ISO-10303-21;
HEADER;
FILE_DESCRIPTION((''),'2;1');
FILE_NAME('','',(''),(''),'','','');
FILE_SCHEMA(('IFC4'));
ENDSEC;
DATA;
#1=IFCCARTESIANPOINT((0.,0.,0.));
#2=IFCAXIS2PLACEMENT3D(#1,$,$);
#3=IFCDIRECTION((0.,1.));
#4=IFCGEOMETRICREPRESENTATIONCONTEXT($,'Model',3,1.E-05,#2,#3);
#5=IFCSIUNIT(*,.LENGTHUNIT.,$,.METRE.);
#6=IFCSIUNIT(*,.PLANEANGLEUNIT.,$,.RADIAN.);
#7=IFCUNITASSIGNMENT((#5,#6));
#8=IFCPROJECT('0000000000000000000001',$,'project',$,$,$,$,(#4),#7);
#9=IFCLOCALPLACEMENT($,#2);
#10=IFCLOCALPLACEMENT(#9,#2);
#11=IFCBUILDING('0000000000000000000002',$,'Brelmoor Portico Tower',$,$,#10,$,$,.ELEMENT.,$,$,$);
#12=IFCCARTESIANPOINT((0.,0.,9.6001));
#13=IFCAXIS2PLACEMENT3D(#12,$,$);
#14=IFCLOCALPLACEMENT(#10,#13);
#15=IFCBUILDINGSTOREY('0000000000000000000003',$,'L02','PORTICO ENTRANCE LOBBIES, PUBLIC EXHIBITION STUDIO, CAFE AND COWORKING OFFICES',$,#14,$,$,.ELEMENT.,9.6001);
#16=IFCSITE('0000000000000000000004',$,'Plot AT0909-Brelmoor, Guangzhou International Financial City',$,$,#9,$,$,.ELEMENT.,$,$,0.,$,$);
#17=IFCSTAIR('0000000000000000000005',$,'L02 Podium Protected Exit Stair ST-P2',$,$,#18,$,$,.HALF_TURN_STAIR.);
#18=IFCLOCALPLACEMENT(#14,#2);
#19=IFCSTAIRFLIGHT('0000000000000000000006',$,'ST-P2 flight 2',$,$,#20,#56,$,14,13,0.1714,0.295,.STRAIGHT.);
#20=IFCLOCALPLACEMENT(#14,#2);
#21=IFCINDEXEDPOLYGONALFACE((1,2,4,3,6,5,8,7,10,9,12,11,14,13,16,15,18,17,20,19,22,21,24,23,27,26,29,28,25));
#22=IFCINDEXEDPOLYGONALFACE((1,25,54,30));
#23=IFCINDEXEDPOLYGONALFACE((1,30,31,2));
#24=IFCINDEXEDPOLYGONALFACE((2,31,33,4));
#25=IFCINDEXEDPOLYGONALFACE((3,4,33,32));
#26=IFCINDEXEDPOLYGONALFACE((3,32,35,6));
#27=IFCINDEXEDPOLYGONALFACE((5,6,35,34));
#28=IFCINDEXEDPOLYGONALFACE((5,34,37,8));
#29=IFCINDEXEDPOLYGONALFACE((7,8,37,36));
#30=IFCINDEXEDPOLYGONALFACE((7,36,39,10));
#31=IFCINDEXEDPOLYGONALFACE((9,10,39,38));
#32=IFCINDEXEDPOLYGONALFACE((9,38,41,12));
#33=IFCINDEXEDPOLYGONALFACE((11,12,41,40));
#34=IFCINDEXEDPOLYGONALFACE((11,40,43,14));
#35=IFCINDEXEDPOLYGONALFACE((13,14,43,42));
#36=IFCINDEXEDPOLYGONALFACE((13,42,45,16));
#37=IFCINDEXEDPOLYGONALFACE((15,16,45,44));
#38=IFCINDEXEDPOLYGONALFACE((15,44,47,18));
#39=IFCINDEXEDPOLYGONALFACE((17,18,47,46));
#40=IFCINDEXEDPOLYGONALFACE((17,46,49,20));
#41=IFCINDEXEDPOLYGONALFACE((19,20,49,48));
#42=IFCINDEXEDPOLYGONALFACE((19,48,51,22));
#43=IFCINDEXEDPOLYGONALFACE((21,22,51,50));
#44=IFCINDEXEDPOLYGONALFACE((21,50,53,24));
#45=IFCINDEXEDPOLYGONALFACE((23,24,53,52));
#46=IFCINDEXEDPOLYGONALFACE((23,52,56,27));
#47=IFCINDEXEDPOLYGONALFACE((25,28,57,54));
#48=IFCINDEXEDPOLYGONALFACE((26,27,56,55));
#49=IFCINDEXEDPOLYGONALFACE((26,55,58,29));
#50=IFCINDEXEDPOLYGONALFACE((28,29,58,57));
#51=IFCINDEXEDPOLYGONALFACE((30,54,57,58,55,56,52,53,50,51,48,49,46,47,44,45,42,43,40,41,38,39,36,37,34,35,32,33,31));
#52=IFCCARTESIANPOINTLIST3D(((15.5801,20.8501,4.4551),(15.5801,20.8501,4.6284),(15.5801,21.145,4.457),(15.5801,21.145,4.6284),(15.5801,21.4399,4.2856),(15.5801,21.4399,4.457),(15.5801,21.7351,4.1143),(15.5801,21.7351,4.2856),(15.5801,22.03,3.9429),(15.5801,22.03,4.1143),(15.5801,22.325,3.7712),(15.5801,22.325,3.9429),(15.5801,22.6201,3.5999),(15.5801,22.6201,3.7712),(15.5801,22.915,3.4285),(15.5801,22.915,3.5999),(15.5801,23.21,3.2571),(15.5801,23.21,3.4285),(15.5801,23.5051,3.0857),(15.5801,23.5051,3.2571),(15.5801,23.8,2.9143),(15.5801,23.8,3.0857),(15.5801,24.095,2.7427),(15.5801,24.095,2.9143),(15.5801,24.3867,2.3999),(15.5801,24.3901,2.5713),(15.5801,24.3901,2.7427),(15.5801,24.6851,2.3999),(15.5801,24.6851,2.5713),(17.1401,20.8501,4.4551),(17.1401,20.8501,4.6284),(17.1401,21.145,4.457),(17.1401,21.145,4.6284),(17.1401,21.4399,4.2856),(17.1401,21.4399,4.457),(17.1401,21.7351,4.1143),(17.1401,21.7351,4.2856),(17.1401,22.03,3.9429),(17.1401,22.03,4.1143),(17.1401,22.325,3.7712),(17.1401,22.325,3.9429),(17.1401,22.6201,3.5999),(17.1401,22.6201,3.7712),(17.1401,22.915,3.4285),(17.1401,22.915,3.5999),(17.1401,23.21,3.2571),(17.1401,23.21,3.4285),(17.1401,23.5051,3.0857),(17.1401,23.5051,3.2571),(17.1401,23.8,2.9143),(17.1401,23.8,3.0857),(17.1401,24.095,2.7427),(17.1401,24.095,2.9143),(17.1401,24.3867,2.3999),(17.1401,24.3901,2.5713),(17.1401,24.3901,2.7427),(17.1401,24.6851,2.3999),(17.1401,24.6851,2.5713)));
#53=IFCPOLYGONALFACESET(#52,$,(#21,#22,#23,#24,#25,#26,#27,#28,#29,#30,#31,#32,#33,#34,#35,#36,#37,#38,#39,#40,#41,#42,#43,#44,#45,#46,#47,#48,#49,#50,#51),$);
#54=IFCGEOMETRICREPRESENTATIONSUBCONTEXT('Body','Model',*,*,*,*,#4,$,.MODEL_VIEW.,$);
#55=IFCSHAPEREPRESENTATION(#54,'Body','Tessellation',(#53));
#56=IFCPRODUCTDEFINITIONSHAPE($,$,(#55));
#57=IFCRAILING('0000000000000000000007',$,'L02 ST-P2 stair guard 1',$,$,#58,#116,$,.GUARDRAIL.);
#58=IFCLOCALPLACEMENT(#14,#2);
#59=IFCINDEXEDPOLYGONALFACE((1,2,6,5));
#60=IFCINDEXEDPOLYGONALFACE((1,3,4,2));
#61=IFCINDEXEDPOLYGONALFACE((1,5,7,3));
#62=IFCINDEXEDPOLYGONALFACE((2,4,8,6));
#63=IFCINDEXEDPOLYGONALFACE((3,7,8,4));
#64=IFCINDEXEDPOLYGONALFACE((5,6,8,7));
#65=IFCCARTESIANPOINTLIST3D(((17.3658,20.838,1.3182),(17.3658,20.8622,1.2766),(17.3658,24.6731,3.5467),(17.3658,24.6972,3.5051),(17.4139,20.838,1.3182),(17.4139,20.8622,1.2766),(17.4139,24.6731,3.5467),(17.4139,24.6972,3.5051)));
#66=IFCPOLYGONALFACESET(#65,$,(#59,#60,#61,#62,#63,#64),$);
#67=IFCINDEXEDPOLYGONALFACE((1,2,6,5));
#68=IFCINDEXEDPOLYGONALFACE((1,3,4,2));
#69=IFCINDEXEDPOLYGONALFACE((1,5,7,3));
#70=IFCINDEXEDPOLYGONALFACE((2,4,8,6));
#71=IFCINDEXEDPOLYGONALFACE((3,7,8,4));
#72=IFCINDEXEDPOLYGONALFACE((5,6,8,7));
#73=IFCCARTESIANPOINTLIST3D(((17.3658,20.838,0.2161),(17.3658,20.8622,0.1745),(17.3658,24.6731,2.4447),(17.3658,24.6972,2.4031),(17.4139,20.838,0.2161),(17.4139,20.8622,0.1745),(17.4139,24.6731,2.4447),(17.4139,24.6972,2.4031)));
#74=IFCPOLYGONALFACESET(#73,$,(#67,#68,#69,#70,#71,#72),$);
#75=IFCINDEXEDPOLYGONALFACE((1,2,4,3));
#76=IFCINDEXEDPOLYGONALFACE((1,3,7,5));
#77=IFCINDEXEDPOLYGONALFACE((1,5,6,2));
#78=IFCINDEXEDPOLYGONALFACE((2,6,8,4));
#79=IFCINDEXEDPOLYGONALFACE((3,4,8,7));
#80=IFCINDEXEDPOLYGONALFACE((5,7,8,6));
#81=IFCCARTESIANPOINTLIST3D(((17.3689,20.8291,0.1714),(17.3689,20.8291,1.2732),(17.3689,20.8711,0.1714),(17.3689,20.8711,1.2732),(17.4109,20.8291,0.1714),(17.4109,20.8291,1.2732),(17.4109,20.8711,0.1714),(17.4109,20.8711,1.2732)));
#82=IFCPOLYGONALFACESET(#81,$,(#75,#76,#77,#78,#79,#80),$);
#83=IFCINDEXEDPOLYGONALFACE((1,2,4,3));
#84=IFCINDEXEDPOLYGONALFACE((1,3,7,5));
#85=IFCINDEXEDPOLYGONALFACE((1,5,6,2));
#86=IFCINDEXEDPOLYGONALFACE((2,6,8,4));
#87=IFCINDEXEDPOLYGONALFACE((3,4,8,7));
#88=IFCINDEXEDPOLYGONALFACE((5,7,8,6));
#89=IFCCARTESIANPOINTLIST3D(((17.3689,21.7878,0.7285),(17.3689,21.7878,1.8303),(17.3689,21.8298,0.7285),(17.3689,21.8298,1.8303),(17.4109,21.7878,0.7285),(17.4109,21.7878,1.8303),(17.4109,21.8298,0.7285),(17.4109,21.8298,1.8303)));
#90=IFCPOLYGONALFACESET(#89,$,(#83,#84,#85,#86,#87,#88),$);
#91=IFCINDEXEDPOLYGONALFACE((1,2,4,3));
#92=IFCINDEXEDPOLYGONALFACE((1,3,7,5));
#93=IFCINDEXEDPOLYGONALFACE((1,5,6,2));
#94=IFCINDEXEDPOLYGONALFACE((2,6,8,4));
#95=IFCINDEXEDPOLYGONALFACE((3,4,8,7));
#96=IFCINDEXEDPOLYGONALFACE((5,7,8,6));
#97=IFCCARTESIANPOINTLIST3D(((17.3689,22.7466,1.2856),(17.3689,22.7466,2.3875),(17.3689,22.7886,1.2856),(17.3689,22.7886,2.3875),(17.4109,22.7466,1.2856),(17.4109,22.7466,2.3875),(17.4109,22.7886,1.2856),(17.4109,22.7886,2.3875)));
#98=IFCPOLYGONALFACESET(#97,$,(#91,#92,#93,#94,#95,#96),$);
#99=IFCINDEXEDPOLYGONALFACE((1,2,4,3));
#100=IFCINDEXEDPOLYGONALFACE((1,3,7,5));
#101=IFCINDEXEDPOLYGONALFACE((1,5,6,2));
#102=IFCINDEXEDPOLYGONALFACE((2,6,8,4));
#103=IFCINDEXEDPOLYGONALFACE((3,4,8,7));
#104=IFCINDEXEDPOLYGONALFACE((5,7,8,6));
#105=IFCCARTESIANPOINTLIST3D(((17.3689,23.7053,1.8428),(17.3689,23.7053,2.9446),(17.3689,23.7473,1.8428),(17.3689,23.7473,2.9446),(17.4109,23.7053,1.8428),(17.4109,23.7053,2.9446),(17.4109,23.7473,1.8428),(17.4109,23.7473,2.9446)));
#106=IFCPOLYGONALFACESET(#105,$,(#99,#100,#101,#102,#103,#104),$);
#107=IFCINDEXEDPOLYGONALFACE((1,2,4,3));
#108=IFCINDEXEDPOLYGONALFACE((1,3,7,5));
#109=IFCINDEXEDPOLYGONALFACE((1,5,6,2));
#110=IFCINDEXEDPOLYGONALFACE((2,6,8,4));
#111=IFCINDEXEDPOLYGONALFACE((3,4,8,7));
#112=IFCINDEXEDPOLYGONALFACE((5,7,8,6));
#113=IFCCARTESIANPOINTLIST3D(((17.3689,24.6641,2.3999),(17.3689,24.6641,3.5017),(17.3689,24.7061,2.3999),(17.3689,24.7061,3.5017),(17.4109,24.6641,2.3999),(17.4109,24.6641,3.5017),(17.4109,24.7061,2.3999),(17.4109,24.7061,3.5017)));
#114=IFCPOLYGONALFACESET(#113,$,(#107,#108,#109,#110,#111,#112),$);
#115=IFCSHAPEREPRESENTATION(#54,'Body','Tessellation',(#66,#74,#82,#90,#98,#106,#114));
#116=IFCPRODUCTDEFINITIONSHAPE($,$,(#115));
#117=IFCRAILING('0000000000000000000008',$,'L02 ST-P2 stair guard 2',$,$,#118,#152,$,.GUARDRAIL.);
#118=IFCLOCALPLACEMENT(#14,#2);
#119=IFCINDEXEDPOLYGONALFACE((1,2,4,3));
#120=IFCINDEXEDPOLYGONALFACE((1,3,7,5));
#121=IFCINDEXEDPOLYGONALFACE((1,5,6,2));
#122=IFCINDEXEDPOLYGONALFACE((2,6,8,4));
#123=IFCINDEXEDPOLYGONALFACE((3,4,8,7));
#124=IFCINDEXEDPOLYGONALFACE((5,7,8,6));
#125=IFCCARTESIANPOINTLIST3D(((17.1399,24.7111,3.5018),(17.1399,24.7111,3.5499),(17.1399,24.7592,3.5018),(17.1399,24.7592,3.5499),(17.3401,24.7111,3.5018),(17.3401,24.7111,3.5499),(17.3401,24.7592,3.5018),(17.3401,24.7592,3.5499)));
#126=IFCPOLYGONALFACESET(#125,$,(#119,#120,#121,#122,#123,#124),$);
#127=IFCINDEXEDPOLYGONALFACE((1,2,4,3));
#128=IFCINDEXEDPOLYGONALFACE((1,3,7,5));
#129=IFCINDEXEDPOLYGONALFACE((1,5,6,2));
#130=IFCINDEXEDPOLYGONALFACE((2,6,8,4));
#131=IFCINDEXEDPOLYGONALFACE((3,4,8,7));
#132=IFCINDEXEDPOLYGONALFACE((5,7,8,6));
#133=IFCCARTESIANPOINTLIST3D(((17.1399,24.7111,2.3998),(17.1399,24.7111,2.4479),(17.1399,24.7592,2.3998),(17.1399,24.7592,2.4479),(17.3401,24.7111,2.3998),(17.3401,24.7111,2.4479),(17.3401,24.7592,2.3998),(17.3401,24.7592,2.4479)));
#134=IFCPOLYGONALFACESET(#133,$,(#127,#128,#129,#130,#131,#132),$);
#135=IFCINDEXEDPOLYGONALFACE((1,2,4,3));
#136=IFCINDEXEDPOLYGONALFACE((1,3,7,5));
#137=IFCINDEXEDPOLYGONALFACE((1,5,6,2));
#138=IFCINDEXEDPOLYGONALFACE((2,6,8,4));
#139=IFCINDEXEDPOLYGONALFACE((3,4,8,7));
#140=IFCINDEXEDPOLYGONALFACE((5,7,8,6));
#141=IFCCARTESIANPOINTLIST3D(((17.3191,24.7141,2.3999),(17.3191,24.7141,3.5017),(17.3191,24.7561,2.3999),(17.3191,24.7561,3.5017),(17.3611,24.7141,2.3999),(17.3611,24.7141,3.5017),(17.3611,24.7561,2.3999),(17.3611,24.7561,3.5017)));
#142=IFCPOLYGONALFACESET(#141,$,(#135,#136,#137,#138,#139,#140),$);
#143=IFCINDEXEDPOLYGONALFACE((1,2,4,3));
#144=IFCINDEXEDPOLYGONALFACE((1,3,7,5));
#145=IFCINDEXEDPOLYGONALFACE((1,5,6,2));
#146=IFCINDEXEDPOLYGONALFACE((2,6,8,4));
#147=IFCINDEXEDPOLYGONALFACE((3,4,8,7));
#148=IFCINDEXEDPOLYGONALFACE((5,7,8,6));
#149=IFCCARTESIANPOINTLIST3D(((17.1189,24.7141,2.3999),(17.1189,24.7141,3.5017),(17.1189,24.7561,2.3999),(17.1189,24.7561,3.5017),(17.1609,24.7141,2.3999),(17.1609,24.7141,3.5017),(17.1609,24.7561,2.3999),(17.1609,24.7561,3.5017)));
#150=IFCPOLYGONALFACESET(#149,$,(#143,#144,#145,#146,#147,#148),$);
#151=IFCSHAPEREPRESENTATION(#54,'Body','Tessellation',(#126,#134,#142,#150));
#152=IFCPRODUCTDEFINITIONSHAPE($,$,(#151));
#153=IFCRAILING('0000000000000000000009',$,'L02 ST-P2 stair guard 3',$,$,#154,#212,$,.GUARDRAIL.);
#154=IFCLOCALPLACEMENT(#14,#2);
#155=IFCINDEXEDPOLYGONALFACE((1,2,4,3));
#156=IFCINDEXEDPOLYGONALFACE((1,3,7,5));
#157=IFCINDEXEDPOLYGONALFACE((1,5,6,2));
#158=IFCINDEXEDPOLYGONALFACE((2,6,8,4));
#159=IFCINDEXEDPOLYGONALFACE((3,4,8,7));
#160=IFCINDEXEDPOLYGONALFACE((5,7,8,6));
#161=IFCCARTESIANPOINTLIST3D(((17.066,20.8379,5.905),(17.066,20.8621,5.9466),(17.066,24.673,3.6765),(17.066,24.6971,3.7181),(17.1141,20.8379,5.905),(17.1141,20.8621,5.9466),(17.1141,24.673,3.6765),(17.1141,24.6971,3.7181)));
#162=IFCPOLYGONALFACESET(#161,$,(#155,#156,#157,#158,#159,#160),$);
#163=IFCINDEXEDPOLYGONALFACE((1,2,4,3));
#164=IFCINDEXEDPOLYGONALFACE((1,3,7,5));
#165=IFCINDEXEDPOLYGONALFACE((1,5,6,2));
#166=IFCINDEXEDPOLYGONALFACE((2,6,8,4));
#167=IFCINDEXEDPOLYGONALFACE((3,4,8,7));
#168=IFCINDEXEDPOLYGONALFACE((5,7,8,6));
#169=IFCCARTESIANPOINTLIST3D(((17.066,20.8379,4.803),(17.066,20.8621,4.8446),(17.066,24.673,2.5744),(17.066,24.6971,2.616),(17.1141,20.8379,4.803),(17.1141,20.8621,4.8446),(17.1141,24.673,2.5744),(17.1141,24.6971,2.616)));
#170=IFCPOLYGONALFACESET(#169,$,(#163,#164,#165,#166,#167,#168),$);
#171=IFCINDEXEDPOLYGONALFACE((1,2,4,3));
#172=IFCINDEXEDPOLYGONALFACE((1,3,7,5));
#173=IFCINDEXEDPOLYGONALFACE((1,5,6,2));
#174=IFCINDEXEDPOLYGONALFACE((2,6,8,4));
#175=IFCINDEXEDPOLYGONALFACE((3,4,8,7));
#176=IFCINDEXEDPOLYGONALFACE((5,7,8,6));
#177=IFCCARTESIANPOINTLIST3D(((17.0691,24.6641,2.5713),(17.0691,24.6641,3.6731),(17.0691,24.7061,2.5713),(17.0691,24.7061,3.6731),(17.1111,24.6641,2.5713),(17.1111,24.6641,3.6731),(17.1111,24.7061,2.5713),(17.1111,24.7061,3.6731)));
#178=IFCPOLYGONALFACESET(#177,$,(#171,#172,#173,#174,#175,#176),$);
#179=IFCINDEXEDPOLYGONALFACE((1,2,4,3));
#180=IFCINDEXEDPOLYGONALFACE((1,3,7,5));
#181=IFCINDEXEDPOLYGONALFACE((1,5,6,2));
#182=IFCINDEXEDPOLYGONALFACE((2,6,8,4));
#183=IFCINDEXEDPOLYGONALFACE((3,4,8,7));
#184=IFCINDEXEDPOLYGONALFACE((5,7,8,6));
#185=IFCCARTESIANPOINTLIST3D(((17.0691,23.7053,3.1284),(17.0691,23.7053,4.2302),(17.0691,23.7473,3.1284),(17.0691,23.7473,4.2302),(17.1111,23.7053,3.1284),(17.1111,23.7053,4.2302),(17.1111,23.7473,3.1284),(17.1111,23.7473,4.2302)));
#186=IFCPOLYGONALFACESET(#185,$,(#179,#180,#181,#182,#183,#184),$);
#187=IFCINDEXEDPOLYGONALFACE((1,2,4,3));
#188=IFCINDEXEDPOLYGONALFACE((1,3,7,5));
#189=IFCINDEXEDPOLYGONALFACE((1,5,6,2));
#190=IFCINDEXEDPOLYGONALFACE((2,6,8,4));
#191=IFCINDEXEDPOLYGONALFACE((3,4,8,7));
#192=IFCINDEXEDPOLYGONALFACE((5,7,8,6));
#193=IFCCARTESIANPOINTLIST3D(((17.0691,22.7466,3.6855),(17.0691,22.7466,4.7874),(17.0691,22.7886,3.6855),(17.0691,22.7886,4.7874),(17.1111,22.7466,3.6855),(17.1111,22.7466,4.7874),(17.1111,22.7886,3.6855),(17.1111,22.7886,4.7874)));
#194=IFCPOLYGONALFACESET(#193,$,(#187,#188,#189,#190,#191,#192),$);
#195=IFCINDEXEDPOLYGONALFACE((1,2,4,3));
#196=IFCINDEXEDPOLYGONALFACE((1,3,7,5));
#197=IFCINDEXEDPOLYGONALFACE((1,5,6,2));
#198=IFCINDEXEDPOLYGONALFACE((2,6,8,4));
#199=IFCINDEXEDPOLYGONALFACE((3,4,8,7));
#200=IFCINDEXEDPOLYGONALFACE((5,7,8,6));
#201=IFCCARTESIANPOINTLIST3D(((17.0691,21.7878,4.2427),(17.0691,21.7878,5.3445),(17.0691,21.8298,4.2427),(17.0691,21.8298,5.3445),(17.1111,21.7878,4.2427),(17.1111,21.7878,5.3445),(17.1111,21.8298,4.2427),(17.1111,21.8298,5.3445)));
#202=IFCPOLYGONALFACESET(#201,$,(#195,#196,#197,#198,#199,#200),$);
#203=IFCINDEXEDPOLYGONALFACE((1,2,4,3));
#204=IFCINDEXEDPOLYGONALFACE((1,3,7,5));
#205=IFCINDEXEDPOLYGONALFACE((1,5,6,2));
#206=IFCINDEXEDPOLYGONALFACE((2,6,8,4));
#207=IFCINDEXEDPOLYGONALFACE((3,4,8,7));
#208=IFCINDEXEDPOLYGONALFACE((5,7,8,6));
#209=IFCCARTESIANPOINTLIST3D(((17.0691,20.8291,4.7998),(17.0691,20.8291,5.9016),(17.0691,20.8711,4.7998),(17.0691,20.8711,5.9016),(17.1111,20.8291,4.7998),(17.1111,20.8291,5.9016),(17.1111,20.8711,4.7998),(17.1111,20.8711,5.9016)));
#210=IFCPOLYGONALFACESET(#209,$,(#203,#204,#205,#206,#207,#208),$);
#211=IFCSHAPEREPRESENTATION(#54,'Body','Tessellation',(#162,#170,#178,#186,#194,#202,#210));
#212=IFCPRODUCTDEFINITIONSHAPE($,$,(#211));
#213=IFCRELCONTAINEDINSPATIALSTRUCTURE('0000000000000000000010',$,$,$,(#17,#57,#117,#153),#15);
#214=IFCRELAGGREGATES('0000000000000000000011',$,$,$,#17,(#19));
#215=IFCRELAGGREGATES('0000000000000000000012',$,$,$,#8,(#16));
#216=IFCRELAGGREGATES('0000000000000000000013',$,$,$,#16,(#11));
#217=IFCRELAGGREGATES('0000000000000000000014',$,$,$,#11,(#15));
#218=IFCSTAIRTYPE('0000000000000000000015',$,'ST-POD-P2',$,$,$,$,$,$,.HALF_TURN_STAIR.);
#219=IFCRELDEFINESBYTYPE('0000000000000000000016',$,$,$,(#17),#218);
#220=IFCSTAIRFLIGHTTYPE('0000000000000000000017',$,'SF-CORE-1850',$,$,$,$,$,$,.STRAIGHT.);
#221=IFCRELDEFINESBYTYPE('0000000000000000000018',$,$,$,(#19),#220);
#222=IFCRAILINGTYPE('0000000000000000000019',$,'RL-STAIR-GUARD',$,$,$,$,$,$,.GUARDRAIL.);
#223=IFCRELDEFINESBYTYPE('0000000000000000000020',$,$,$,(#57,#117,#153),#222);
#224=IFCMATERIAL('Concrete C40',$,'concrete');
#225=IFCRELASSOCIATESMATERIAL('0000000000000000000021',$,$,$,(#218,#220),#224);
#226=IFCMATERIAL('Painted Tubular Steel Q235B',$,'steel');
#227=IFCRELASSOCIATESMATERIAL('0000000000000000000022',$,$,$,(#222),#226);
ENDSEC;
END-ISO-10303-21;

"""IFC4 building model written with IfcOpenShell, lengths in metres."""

from ifc_helpers import new_model, si_unit, direction, frame, origin, origin_2d, place, context, subcontext, project, spatial, polyline, rectangle, outline, extrude, material, type_object, element, aggregate, save


model = new_model("IFC4")

# Units and contexts
model_context = context("Model", 3, precision=1e-05, world=origin(), true_north=direction((0.0, 1.0)))
body_context = subcontext(model_context, "Body", "Model", "MODEL_VIEW")
ifc_project = project(units=[si_unit("LENGTHUNIT", "METRE"), si_unit("PLANEANGLEUNIT", "RADIAN")], contexts=[model_context])

# Site, building, storey
site_placement = place(None, origin())
site = spatial("IfcSite", under=ifc_project, at=site_placement, Name="Plot AT0909-Brelmoor, Guangzhou International Financial City", CompositionType="ELEMENT", RefElevation=0.0)
building_placement = place(site_placement, origin())
building = spatial("IfcBuilding", under=site, at=building_placement, Name="Brelmoor Portico Tower", CompositionType="ELEMENT")
storey_placement = place(building_placement, frame((0.0, 0.0, 9.6001)))
storey = spatial("IfcBuildingStorey", under=building, at=storey_placement, Name="L02", Description="PORTICO ENTRANCE LOBBIES, PUBLIC EXHIBITION STUDIO, CAFE AND COWORKING OFFICES", CompositionType="ELEMENT", Elevation=9.6001)

# Shared definitions
ifc_material_1 = material(Name="Concrete C40", Category="concrete")

# Stair, stair flight
stair_type = type_object("IfcStairType", Name="ST-POD-P2", PredefinedType="HALF_TURN_STAIR", material=ifc_material_1)
stair_placement = place(storey_placement, origin())
stair = element("IfcStair", 1, at=stair_placement, inside=storey, type_object=stair_type, Name="L02 Podium Protected Exit Stair ST-P2", PredefinedType="HALF_TURN_STAIR")
stair_flight_type = type_object("IfcStairFlightType", Name="SF-CORE-1850", PredefinedType="STRAIGHT", material=ifc_material_1)
stair_flight_1_placement = place(storey_placement, frame((16.3601, 24.6851, 2.3999), z_axis=(0.0, 0.0, 1.0), x_axis=(0.0, -1.0, 0.0)))
stair_flight_1 = element("IfcStairFlight", 2, at=stair_flight_1_placement, type_object=stair_flight_type, Name="ST-P2 flight 2", NumberOfRisers=14, NumberOfTreads=13, PredefinedType="STRAIGHT", RiserHeight=0.1714, TreadLength=0.295, context=body_context, shape_type="SweptSolid", body=[
    extrude(outline(polyline([(0.0, 0.0), (0.0, 0.1714), (0.2949, 0.1714), (0.2949, 0.3428), (0.5901, 0.3428), (0.5901, 0.5144), (0.885, 0.5144), (0.885, 0.6858), (1.1799, 0.6858), (1.1799, 0.8572), (1.4751, 0.8572), (1.4751, 1.0286), (1.77, 1.0286), (1.77, 1.2), (2.0649, 1.2), (2.0649, 1.3713), (2.3601, 1.3713), (2.3601, 1.543), (2.655, 1.543), (2.655, 1.7144), (2.95, 1.7144), (2.95, 1.8857), (3.2451, 1.8857), (3.2451, 2.0571), (3.54, 2.0571), (3.54, 2.2285), (3.835, 2.2285), (3.835, 2.3999), (3.835, 2.0552), (0.2983, 0.0), (0.0, 0.0)])), frame((0.0, 0.78, 0.0), z_axis=(0.0, -1.0, 0.0), x_axis=(1.0, 0.0, 0.0)), (0.0, 0.0, 1.0), 1.5601),
])
aggregate(stair, [stair_flight_1])

# Railings
ifc_material_2 = material(Name="Painted Tubular Steel Q235B", Category="steel")
railing_type_1 = type_object("IfcRailingType", Name="RL-STAIR-GUARD", PredefinedType="GUARDRAIL", material=ifc_material_2)
railing_1_placement = place(storey_placement, frame((17.3899, 20.8501, 0.1714)))
element("IfcRailing", 3, at=railing_1_placement, inside=storey, type_object=railing_type_1, Name="L02 ST-P2 stair guard 1", PredefinedType="GUARDRAIL", context=body_context, shape_type="SweptSolid", body=[
    extrude(rectangle(XDim=0.0481, YDim=0.0481, at=origin_2d()), frame((0.0, 0.0, 1.126), z_axis=(0.0, 0.864616, 0.502433), x_axis=(-1.0, 0.0, 0.0)), (0.0, 0.0, 1.0), 4.4355),
    extrude(rectangle(XDim=0.0481, YDim=0.0481, at=origin_2d()), frame((0.0, 0.0, 0.0239), z_axis=(0.0, 0.864616, 0.502433), x_axis=(-1.0, 0.0, 0.0)), (0.0, 0.0, 1.0), 4.4355),
    extrude(rectangle(XDim=0.042, YDim=0.042, at=origin_2d()), origin(), (0.0, 0.0, 1.0), 1.1018),
    extrude(rectangle(XDim=0.042, YDim=0.042, at=origin_2d()), frame((0.0, 0.9587, 0.5571)), (0.0, 0.0, 1.0), 1.1018),
    extrude(rectangle(XDim=0.042, YDim=0.042, at=origin_2d()), frame((0.0, 1.9175, 1.1143)), (0.0, 0.0, 1.0), 1.1018),
    extrude(rectangle(XDim=0.042, YDim=0.042, at=origin_2d()), frame((0.0, 2.8762, 1.6714)), (0.0, 0.0, 1.0), 1.1018),
    extrude(rectangle(XDim=0.042, YDim=0.042, at=origin_2d()), frame((0.0, 3.835, 2.2285)), (0.0, 0.0, 1.0), 1.1018),
])
railing_2_placement = place(storey_placement, frame((17.3401, 24.7351, 2.3999)))
element("IfcRailing", 4, at=railing_2_placement, inside=storey, type_object=railing_type_1, Name="L02 ST-P2 stair guard 2", PredefinedType="GUARDRAIL", context=body_context, shape_type="SweptSolid", body=[
    extrude(rectangle(XDim=0.0481, YDim=0.0481, at=origin_2d()), frame((0.0, 0.0, 1.126), z_axis=(-1.0, 0.0, 0.0), x_axis=(0.0, -1.0, 0.0)), (0.0, 0.0, 1.0), 0.2002),
    extrude(rectangle(XDim=0.0481, YDim=0.0481, at=origin_2d()), frame((0.0, 0.0, 0.0239), z_axis=(-1.0, 0.0, 0.0), x_axis=(0.0, -1.0, 0.0)), (0.0, 0.0, 1.0), 0.2002),
    extrude(rectangle(XDim=0.042, YDim=0.042, at=origin_2d()), origin(), (0.0, 0.0, 1.0), 1.1018),
    extrude(rectangle(XDim=0.042, YDim=0.042, at=origin_2d()), frame((-0.2002, 0.0, 0.0)), (0.0, 0.0, 1.0), 1.1018),
])
railing_3_placement = place(storey_placement, frame((17.0901, 24.6851, 2.5713)))
element("IfcRailing", 5, at=railing_3_placement, inside=storey, type_object=railing_type_1, Name="L02 ST-P2 stair guard 3", PredefinedType="GUARDRAIL", context=body_context, shape_type="SweptSolid", body=[
    extrude(rectangle(XDim=0.0481, YDim=0.0481, at=origin_2d()), frame((0.0, 0.0, 1.126), z_axis=(0.0, -0.864616, 0.502433), x_axis=(1.0, 0.0, 0.0)), (0.0, 0.0, 1.0), 4.4355),
    extrude(rectangle(XDim=0.0481, YDim=0.0481, at=origin_2d()), frame((0.0, 0.0, 0.0239), z_axis=(0.0, -0.864616, 0.502433), x_axis=(1.0, 0.0, 0.0)), (0.0, 0.0, 1.0), 4.4355),
    extrude(rectangle(XDim=0.042, YDim=0.042, at=origin_2d()), origin(), (0.0, 0.0, 1.0), 1.1018),
    extrude(rectangle(XDim=0.042, YDim=0.042, at=origin_2d()), frame((0.0, -0.9587, 0.5571)), (0.0, 0.0, 1.0), 1.1018),
    extrude(rectangle(XDim=0.042, YDim=0.042, at=origin_2d()), frame((0.0, -1.9175, 1.1143)), (0.0, 0.0, 1.0), 1.1018),
    extrude(rectangle(XDim=0.042, YDim=0.042, at=origin_2d()), frame((0.0, -2.8762, 1.6714)), (0.0, 0.0, 1.0), 1.1018),
    extrude(rectangle(XDim=0.042, YDim=0.042, at=origin_2d()), frame((0.0, -3.835, 2.2285)), (0.0, 0.0, 1.0), 1.1018),
])

save(model, "model.ifc")
